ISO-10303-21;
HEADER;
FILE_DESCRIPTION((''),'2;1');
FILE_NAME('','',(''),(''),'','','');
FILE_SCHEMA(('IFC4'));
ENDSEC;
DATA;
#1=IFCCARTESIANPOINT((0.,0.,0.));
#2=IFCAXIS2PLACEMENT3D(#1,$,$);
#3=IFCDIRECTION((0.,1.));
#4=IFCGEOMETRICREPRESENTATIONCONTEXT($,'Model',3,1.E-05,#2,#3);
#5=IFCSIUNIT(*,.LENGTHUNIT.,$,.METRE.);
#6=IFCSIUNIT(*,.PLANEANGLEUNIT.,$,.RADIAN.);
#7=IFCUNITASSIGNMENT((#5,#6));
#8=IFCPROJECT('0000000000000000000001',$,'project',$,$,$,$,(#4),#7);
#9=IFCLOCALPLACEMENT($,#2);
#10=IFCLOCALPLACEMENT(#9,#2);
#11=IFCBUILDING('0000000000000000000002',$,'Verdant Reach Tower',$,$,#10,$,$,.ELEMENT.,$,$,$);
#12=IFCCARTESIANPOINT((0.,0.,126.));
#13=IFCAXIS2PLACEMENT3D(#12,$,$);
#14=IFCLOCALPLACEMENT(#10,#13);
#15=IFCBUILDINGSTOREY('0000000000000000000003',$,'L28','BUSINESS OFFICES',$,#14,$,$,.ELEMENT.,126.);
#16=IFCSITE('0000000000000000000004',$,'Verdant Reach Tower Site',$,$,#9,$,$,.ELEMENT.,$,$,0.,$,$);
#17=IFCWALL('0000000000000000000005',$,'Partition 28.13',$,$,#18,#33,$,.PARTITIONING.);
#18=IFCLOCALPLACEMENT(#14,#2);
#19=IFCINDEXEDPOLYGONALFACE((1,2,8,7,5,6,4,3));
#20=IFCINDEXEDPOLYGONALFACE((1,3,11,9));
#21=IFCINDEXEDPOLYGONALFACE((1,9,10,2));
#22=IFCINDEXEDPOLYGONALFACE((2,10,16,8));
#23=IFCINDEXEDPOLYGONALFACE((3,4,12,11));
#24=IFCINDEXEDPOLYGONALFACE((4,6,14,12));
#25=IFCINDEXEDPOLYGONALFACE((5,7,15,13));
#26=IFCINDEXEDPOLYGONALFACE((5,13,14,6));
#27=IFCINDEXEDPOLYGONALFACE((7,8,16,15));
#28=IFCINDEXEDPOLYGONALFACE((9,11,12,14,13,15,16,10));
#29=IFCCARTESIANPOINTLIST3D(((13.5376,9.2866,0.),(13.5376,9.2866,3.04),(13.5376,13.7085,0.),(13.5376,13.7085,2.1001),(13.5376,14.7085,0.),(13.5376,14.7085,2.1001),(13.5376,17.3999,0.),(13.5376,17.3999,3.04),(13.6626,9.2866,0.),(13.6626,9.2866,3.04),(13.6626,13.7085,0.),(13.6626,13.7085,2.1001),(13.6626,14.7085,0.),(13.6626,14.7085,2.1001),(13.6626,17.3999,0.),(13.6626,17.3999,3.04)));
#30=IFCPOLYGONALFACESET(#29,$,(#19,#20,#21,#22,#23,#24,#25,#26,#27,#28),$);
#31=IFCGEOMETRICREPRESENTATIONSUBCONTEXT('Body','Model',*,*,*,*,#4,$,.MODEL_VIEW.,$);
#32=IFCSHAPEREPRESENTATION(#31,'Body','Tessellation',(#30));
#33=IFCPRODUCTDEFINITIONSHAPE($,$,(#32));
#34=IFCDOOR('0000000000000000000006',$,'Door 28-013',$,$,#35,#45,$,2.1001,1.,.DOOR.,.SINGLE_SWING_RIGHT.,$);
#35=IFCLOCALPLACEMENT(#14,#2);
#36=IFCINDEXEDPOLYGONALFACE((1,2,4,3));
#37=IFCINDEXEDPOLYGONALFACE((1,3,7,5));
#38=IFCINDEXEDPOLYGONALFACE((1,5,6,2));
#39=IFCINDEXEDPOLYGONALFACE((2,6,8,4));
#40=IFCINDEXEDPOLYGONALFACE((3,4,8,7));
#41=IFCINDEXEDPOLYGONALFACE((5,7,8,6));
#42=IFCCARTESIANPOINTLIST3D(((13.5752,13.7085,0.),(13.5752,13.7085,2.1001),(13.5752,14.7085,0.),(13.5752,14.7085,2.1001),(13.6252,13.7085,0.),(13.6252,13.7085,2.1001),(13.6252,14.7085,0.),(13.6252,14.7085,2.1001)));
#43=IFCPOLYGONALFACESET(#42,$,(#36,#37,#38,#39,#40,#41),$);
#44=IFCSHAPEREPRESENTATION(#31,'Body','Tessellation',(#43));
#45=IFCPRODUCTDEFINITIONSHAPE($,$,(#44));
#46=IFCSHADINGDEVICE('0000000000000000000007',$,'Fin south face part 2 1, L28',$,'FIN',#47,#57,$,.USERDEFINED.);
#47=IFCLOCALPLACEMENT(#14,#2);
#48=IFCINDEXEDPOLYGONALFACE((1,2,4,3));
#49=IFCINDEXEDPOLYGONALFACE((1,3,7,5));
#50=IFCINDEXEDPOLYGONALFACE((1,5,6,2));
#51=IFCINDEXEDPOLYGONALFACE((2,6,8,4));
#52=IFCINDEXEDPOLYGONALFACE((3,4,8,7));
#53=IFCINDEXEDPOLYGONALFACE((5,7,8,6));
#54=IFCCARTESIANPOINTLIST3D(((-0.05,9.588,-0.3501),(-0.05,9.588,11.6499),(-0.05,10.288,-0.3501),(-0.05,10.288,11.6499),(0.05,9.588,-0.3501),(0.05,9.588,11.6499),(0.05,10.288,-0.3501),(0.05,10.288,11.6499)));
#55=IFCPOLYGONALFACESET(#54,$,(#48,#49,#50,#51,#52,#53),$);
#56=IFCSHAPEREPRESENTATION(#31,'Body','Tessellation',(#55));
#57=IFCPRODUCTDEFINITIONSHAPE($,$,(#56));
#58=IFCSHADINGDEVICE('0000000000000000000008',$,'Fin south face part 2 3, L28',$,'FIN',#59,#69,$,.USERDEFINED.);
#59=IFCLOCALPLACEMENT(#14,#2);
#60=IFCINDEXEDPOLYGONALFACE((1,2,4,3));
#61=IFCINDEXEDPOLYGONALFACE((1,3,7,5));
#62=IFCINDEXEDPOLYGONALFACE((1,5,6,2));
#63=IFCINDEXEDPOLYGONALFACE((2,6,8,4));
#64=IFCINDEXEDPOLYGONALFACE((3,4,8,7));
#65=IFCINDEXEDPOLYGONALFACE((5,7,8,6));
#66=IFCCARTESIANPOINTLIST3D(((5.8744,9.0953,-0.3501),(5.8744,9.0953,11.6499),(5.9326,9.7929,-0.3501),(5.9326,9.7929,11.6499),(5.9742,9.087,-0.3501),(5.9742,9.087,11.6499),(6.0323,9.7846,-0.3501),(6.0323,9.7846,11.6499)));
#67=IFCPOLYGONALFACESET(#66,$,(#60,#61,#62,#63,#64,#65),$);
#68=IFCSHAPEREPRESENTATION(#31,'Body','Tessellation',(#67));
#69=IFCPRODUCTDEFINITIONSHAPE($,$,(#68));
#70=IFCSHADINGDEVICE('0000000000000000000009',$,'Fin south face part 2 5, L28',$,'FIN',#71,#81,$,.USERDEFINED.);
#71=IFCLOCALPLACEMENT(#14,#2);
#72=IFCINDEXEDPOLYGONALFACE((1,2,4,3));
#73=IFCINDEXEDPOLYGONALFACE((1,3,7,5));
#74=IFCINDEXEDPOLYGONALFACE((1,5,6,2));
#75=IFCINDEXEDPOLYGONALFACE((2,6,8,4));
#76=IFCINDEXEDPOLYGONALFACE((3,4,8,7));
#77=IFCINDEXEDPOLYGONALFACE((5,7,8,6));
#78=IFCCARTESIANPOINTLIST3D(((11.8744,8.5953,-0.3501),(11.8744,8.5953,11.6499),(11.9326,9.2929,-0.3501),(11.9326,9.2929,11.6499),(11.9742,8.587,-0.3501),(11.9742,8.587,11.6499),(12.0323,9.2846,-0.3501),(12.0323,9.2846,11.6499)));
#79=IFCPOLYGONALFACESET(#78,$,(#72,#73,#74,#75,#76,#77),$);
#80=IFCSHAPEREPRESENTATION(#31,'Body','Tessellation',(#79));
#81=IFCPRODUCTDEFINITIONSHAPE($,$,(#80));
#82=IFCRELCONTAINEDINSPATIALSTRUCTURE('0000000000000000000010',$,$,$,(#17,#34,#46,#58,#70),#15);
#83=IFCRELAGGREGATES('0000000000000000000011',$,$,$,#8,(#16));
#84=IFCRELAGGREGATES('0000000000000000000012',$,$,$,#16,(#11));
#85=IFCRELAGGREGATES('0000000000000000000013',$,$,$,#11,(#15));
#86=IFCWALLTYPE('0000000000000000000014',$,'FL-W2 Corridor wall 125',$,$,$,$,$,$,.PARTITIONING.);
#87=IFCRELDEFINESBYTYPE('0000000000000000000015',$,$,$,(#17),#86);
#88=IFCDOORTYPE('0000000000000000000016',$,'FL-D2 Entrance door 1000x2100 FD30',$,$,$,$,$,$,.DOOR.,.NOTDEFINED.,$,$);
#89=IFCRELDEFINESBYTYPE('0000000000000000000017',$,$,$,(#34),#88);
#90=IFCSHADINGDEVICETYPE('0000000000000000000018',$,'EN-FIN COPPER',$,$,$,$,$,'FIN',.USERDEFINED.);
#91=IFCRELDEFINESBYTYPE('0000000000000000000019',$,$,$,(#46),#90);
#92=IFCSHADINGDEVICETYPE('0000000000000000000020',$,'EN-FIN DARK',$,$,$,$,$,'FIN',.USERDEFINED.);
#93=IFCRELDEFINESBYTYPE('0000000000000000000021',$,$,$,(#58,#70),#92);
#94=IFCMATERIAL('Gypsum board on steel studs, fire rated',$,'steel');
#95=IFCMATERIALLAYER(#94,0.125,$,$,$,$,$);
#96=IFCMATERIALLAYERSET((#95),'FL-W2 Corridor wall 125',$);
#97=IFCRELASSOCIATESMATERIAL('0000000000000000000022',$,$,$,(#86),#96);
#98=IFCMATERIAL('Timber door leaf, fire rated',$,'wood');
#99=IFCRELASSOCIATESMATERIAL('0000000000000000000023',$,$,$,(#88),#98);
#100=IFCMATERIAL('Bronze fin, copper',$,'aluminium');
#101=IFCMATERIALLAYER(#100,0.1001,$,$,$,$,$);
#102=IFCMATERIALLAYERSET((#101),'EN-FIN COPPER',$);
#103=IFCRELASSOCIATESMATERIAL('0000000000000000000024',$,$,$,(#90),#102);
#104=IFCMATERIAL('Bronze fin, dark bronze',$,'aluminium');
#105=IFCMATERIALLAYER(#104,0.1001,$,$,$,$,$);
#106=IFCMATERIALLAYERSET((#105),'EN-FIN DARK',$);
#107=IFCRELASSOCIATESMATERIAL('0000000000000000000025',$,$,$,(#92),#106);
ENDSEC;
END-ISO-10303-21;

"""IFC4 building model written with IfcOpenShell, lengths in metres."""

from ifc_helpers import new_model, si_unit, direction, frame, frame_2d, origin, origin_2d, place, context, subcontext, project, spatial, rectangle, extrude, material, layer, layer_set, type_object, element, fill, save


model = new_model("IFC4")

# Units and contexts
model_context = context("Model", 3, precision=1e-05, world=origin(), true_north=direction((0.0, 1.0)))
body_context = subcontext(model_context, "Body", "Model", "MODEL_VIEW")
ifc_project = project(units=[si_unit("LENGTHUNIT", "METRE"), si_unit("PLANEANGLEUNIT", "RADIAN")], contexts=[model_context])

# Site, building, storey
site_placement = place(None, origin())
site = spatial("IfcSite", under=ifc_project, at=site_placement, Name="Verdant Reach Tower Site", CompositionType="ELEMENT", RefElevation=0.0)
building_placement = place(site_placement, origin())
building = spatial("IfcBuilding", under=site, at=building_placement, Name="Verdant Reach Tower", CompositionType="ELEMENT")
storey_placement = place(building_placement, frame((0.0, 0.0, 126.0)))
storey = spatial("IfcBuildingStorey", under=building, at=storey_placement, Name="L28", Description="BUSINESS OFFICES", CompositionType="ELEMENT", Elevation=126.0)

# Wall, opening, door
ifc_material_1 = material(Name="Gypsum board on steel studs, fire rated", Category="steel")
ifc_layer_1 = layer(ifc_material_1, 0.125)
ifc_layer_set_1 = layer_set([ifc_layer_1], Name="FL-W2 Corridor wall 125")
wall_type_1 = type_object("IfcWallType", Name="FL-W2 Corridor wall 125", PredefinedType="PARTITIONING", material=ifc_layer_set_1)
wall_1_placement = place(storey_placement, frame((13.6001, 9.2866, 0.0), z_axis=(0.0, 0.0, 1.0), x_axis=(0.0, 1.0, 0.0)))
wall_1 = element("IfcWall", 1, at=wall_1_placement, inside=storey, type_object=wall_type_1, Name="Partition 28.13", PredefinedType="PARTITIONING", context=body_context, shape_type="SweptSolid", body=[
    extrude(rectangle(XDim=8.1133, YDim=0.125, at=frame_2d((4.0566, 0.0))), origin(), (0.0, 0.0, 1.0), 3.04),
])
opening_1_placement = place(wall_1_placement, frame((4.4219, 0.0, 0.0)))
opening_1 = element("IfcOpeningElement", 2, at=opening_1_placement, cuts=wall_1, PredefinedType="OPENING", context=body_context, shape_type="SweptSolid", body=[
    extrude(rectangle(XDim=1.0, YDim=2.1001, at=frame_2d((0.5, 1.05))), frame((0.0, 0.0725, 0.0), z_axis=(0.0, -1.0, 0.0), x_axis=(1.0, 0.0, 0.0)), (0.0, 0.0, 1.0), 0.145),
])
ifc_material_2 = material(Name="Timber door leaf, fire rated", Category="wood")
door_type_1 = type_object("IfcDoorType", Name="FL-D2 Entrance door 1000x2100 FD30", OperationType="NOTDEFINED", PredefinedType="DOOR", material=ifc_material_2)
door_1_placement = place(opening_1_placement, origin())
door_1 = element("IfcDoor", 3, at=door_1_placement, inside=storey, type_object=door_type_1, Name="Door 28-013", OperationType="SINGLE_SWING_RIGHT", OverallHeight=2.1001, OverallWidth=1.0, PredefinedType="DOOR", context=body_context, shape_type="SweptSolid", body=[
    extrude(rectangle(XDim=1.0, YDim=2.1001, at=frame_2d((0.5, 1.05))), frame((0.0, 0.0249, 0.0), z_axis=(0.0, -1.0, 0.0), x_axis=(1.0, 0.0, 0.0)), (0.0, 0.0, 1.0), 0.05),
])
fill(opening_1, door_1)

# Shading devices
ifc_material_3 = material(Name="Bronze fin, copper", Category="aluminium")
ifc_layer_2 = layer(ifc_material_3, 0.1001)
ifc_layer_set_2 = layer_set([ifc_layer_2], Name="EN-FIN COPPER")
shading_device_type_1 = type_object("IfcShadingDeviceType", Name="EN-FIN COPPER", ElementType="FIN", PredefinedType="USERDEFINED", material=ifc_layer_set_2)
shading_device_placement = place(storey_placement, frame((0.0, 9.938, -0.3501), z_axis=(0.0, 0.0, 1.0), x_axis=(1.0, 0.0, 0.0)))
element("IfcShadingDevice", 4, at=shading_device_placement, inside=storey, type_object=shading_device_type_1, Name="Fin south face part 2 1, L28", ObjectType="FIN", PredefinedType="USERDEFINED", context=body_context, shape_type="SweptSolid", body=[
    extrude(rectangle(XDim=0.1001, YDim=0.7, at=origin_2d()), origin(), (0.0, 0.0, 1.0), 12.0),
])
ifc_material_4 = material(Name="Bronze fin, dark bronze", Category="aluminium")
ifc_layer_3 = layer(ifc_material_4, 0.1001)
ifc_layer_set_3 = layer_set([ifc_layer_3], Name="EN-FIN DARK")
shading_device_type_2 = type_object("IfcShadingDeviceType", Name="EN-FIN DARK", ElementType="FIN", PredefinedType="USERDEFINED", material=ifc_layer_set_3)
for number, where, z_axis, x_axis, name in (
    (5, (5.9534, 9.4399, -0.3501), (0.0, 0.0, 1.0), (0.996546, -0.083045, 0.0), "Fin south face part 2 3, L28"),
    (6, (11.9534, 8.9399, -0.3501), (0.0, 0.0, 1.0), (0.996546, -0.083045, 0.0), "Fin south face part 2 5, L28"),
):
    element("IfcShadingDevice", number, at=place(storey_placement, frame(where, z_axis=z_axis, x_axis=x_axis)), inside=storey, type_object=shading_device_type_2, Name=name, ObjectType="FIN", PredefinedType="USERDEFINED", context=body_context, shape_type="SweptSolid", body=[
        extrude(rectangle(XDim=0.1001, YDim=0.7, at=origin_2d()), origin(), (0.0, 0.0, 1.0), 12.0),
    ])

save(model, "model.ifc")
